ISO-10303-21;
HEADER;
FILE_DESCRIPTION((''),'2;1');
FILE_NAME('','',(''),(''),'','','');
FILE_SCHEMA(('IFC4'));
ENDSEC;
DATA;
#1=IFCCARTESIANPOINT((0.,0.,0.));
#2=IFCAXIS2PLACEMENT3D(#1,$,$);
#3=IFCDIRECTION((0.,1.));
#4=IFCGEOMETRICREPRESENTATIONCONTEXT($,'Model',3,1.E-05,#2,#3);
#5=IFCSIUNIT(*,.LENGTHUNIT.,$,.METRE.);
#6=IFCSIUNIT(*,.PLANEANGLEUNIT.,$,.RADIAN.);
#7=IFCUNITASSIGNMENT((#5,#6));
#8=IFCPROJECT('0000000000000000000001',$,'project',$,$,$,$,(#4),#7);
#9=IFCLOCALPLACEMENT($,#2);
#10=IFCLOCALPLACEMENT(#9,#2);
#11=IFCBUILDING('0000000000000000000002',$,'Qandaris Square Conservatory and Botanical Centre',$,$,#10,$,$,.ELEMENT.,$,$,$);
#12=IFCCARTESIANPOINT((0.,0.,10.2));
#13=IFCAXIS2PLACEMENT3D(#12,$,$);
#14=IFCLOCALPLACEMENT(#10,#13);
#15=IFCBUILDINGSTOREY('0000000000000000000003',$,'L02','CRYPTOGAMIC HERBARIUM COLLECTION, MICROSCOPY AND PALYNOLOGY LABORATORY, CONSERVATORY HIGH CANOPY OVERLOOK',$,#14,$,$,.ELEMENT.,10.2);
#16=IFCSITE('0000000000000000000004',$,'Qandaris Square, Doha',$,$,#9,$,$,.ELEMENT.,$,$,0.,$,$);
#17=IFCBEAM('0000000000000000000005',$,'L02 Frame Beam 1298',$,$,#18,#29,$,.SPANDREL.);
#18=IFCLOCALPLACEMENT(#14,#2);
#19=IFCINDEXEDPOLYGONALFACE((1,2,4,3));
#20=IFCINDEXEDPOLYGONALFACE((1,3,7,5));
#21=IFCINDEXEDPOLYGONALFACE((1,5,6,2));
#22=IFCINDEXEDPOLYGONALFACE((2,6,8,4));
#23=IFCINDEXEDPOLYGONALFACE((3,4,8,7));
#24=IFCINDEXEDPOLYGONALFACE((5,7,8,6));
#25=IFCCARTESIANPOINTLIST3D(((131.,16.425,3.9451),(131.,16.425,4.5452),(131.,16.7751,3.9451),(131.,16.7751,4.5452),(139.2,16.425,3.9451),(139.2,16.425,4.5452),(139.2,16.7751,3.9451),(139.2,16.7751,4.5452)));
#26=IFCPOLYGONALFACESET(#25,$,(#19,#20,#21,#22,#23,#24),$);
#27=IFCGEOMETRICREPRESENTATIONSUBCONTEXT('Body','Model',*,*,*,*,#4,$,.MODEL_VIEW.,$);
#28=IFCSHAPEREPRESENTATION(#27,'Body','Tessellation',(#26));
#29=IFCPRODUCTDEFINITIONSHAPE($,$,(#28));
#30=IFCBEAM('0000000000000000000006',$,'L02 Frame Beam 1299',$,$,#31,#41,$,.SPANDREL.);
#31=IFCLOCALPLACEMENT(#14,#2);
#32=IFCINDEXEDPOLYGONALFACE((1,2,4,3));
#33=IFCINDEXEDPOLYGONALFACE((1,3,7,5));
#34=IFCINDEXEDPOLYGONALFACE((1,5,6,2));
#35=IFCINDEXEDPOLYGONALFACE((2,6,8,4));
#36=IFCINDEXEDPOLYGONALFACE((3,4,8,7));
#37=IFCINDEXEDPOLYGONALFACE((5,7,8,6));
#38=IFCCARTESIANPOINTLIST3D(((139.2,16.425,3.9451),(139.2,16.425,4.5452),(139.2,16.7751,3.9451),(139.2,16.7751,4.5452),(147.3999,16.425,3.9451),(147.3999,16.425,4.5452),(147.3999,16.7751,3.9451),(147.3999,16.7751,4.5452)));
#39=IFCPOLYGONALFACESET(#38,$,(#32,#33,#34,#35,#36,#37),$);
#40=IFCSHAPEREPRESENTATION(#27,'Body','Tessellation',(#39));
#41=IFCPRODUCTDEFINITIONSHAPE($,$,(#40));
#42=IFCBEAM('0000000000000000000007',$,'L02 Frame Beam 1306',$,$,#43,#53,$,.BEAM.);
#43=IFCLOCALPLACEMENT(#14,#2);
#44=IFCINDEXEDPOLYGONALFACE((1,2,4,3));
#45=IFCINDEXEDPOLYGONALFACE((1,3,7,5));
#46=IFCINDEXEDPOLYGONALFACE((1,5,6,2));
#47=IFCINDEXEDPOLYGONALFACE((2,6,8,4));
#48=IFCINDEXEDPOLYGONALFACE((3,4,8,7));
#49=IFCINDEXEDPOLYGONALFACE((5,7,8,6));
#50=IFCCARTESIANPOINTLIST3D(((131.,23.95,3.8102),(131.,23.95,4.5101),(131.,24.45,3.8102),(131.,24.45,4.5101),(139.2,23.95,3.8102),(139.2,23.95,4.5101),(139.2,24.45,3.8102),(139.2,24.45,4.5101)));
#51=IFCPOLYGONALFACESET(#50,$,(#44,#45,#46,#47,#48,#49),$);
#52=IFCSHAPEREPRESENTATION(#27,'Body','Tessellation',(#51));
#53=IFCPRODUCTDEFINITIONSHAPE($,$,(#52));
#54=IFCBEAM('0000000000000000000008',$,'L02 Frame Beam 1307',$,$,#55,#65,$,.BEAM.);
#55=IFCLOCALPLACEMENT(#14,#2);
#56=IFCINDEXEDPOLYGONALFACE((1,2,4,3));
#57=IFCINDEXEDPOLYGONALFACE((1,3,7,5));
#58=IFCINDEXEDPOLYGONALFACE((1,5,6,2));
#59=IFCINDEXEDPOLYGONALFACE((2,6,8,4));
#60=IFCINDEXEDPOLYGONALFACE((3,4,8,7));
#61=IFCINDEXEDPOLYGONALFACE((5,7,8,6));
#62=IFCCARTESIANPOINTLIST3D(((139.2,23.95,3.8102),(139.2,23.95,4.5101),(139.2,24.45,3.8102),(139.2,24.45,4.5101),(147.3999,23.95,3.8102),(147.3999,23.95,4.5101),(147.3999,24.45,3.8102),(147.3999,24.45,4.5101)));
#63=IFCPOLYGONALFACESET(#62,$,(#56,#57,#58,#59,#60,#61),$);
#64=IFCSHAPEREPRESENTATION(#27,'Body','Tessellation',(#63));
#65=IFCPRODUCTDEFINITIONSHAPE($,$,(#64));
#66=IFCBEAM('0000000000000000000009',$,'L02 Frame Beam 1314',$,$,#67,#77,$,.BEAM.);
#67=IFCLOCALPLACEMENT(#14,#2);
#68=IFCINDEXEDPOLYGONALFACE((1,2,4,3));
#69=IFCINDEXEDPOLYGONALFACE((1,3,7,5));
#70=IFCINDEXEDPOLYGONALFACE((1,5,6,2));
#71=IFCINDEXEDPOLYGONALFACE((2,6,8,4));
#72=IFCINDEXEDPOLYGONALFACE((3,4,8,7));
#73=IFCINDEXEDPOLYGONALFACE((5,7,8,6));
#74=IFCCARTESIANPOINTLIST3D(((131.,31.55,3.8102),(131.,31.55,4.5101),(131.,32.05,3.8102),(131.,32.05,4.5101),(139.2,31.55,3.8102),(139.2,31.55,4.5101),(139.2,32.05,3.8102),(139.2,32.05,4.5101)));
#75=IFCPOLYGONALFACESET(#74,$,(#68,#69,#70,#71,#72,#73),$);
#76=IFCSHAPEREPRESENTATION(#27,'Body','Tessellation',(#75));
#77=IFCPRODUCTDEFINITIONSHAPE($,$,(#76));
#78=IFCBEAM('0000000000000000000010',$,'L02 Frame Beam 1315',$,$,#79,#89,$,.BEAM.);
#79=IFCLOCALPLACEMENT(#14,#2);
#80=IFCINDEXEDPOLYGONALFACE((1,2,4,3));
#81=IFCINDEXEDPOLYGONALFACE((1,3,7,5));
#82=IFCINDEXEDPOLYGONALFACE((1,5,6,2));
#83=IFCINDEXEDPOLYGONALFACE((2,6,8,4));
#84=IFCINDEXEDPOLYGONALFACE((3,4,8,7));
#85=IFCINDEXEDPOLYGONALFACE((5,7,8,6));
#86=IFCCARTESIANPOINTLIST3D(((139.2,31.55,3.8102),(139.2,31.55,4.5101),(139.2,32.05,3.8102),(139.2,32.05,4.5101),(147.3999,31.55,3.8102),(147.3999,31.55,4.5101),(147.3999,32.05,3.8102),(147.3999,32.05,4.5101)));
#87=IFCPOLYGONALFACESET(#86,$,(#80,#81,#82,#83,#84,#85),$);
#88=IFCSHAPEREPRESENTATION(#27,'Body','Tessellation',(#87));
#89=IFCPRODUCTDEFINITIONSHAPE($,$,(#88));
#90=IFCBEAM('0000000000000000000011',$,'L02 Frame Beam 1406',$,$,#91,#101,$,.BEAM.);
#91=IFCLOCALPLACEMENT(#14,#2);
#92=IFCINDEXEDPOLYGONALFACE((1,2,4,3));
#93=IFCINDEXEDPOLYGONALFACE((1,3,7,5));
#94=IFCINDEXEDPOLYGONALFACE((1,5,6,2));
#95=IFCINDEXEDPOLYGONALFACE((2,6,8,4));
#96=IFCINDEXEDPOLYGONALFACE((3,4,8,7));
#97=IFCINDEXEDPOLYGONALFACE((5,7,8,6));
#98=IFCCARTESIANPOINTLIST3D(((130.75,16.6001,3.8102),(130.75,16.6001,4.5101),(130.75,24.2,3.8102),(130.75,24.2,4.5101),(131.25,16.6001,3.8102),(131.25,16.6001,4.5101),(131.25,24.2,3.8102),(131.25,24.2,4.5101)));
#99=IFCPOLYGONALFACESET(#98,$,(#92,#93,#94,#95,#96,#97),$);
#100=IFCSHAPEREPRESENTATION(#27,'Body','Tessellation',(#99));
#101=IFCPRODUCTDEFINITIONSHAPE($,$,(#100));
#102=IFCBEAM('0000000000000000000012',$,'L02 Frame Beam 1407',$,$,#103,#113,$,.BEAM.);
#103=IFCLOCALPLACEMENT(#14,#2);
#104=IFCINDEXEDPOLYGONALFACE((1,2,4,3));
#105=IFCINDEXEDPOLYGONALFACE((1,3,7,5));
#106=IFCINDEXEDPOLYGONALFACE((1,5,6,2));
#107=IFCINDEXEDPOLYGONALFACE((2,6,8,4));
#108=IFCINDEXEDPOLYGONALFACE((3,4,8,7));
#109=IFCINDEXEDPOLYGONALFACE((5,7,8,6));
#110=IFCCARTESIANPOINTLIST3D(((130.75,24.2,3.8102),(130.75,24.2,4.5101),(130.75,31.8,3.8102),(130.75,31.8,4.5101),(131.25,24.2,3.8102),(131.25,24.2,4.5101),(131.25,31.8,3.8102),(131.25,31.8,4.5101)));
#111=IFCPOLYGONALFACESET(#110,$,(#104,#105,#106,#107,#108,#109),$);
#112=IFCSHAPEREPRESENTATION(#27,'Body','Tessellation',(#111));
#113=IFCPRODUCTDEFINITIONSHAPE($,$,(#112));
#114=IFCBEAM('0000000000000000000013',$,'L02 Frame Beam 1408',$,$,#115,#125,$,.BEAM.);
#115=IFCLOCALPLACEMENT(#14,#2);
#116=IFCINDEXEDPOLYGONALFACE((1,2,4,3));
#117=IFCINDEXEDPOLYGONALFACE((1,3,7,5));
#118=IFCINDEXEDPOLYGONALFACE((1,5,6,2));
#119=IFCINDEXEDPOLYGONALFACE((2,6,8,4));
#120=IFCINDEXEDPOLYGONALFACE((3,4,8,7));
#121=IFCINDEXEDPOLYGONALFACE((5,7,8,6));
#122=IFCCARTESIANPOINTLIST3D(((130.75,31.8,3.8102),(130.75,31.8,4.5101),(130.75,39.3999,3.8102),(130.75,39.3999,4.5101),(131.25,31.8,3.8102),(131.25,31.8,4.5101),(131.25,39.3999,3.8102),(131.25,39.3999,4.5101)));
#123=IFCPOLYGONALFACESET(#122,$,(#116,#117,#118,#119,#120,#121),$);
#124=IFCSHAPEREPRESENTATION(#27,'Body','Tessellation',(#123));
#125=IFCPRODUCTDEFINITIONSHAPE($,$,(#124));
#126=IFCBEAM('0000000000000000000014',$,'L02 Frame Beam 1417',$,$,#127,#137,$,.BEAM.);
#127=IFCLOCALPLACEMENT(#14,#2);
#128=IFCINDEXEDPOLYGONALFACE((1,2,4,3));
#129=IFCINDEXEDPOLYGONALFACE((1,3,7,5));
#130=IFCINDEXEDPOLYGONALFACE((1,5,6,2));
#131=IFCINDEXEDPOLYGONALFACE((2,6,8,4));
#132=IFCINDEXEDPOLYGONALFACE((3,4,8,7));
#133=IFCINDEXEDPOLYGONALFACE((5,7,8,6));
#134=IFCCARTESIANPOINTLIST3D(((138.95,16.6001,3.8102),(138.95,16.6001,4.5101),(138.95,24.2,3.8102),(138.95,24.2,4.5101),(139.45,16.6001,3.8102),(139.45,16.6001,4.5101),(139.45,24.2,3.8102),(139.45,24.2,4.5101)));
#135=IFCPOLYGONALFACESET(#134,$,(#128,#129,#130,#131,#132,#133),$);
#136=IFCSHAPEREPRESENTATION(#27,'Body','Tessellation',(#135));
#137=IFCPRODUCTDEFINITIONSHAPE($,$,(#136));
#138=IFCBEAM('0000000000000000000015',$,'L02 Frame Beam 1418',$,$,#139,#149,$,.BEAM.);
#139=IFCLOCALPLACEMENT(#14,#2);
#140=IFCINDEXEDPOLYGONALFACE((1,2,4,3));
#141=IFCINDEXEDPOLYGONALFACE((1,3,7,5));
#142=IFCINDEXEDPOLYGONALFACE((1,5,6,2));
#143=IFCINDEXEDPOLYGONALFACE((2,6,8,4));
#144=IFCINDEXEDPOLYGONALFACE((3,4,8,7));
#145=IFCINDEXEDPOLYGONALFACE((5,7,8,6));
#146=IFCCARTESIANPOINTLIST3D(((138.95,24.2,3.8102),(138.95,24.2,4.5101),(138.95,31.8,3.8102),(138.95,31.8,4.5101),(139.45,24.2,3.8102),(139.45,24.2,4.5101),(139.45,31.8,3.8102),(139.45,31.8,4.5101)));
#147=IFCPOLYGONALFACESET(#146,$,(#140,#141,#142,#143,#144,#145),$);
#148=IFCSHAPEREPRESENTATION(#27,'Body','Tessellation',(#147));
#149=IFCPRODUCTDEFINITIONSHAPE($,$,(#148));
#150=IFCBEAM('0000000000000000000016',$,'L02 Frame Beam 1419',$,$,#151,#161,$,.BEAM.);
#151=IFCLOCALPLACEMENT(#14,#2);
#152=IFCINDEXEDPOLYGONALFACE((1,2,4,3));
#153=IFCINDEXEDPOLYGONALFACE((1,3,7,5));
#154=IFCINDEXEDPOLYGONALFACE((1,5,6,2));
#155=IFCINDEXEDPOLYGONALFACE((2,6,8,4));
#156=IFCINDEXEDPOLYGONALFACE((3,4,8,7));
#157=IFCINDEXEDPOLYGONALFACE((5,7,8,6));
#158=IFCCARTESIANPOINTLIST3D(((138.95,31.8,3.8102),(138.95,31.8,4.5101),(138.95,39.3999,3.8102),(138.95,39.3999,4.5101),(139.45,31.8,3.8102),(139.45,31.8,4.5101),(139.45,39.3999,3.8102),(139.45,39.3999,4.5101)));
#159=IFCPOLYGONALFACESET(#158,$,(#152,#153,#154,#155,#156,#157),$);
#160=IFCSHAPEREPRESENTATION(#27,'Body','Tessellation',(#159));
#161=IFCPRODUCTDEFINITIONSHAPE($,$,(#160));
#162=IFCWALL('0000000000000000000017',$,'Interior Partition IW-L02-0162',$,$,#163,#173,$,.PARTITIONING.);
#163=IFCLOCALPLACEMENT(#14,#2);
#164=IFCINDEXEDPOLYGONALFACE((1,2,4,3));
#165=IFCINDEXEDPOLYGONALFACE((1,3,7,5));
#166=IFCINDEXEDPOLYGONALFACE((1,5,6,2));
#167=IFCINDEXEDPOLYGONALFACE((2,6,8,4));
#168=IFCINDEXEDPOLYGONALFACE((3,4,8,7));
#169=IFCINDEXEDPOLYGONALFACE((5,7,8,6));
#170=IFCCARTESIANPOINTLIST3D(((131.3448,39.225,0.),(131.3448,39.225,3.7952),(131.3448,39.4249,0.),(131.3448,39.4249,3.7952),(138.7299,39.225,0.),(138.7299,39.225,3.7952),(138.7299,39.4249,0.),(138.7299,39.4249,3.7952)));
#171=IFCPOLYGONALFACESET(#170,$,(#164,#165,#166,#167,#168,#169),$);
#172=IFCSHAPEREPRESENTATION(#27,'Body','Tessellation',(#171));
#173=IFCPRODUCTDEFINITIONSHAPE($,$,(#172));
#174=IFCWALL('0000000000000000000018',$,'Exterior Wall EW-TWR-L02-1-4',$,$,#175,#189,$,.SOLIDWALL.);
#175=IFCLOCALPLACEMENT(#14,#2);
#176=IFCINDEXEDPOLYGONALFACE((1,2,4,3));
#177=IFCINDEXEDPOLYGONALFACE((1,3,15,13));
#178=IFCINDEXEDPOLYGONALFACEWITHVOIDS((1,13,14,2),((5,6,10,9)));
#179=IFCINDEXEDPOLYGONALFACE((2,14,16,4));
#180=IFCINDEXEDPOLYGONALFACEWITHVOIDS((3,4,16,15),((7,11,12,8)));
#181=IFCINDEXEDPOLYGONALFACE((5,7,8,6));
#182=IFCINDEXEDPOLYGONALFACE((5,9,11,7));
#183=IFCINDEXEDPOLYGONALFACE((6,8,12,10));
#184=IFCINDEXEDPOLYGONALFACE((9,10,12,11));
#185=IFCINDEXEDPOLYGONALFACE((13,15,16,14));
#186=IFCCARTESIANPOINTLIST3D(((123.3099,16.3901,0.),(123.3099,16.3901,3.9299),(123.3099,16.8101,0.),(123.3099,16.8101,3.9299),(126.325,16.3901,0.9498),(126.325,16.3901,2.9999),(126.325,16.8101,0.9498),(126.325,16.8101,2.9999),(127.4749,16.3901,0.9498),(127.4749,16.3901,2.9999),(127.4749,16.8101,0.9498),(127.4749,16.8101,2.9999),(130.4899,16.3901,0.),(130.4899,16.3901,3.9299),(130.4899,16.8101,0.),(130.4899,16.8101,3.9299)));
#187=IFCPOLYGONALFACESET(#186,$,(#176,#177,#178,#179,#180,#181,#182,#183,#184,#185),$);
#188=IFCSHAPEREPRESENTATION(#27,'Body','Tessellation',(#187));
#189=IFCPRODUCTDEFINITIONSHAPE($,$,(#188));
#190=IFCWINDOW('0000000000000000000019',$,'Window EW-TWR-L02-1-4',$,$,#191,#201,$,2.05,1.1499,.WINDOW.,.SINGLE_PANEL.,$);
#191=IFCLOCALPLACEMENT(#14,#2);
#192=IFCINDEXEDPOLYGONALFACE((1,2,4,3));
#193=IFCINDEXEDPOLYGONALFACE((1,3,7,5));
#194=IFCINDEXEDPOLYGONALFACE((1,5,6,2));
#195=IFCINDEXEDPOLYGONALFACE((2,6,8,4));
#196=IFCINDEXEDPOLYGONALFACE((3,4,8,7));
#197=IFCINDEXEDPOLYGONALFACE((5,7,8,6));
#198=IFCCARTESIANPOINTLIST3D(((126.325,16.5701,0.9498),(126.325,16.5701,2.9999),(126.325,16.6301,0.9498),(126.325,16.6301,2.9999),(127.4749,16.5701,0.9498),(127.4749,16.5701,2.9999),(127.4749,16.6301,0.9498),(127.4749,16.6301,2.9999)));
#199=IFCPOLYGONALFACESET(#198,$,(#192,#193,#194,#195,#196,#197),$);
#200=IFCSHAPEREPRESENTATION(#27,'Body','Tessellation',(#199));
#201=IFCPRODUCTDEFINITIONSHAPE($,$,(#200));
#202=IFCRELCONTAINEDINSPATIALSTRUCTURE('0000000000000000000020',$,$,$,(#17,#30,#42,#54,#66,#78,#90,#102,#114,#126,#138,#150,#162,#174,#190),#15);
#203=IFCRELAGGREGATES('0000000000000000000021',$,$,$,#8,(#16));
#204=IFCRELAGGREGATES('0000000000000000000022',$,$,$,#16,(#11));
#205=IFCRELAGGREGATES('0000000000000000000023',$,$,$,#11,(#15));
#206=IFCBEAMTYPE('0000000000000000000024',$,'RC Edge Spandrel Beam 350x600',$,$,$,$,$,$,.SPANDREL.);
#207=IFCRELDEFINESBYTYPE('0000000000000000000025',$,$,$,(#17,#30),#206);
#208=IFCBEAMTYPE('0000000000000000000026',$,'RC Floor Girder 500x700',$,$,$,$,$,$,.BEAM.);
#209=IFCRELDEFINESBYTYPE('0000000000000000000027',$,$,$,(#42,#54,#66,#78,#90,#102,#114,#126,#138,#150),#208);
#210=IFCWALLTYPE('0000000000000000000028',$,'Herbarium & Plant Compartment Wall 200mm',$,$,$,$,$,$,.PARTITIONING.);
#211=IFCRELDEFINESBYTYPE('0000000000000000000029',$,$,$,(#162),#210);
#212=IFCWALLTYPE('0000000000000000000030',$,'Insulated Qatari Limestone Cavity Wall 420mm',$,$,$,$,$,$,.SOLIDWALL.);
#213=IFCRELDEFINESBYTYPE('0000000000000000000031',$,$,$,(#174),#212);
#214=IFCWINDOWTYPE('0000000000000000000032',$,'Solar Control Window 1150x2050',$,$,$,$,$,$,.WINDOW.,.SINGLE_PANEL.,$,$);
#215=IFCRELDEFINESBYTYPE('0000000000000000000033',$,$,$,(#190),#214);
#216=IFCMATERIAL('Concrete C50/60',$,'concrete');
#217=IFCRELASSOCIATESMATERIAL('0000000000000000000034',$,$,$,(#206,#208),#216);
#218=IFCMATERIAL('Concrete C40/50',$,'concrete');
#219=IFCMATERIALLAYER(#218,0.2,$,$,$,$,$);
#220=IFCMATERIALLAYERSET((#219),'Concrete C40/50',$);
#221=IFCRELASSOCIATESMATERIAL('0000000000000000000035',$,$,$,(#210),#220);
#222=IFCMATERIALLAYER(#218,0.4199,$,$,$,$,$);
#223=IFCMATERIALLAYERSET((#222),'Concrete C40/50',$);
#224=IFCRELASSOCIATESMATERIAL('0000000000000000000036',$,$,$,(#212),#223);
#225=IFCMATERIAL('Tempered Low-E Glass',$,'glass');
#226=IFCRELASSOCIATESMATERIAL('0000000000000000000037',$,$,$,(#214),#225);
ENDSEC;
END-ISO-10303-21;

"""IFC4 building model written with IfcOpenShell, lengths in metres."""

from ifc_helpers import new_model, si_unit, direction, frame, frame_2d, origin, origin_2d, place, context, subcontext, project, spatial, rectangle, extrude, material, layer, layer_set, material_profile, profile_set, type_object, element, fill, save


model = new_model("IFC4")

# Units and contexts
model_context = context("Model", 3, precision=1e-05, world=origin(), true_north=direction((0.0, 1.0)))
body_context = subcontext(model_context, "Body", "Model", "MODEL_VIEW")
ifc_project = project(units=[si_unit("LENGTHUNIT", "METRE"), si_unit("PLANEANGLEUNIT", "RADIAN")], contexts=[model_context])

# Site, building, storey
site_placement = place(None, origin())
site = spatial("IfcSite", under=ifc_project, at=site_placement, Name="Qandaris Square, Doha", CompositionType="ELEMENT", RefElevation=0.0)
building_placement = place(site_placement, origin())
building = spatial("IfcBuilding", under=site, at=building_placement, Name="Qandaris Square Conservatory and Botanical Centre", CompositionType="ELEMENT")
storey_placement = place(building_placement, frame((0.0, 0.0, 10.2)))
storey = spatial("IfcBuildingStorey", under=building, at=storey_placement, Name="L02", Description="CRYPTOGAMIC HERBARIUM COLLECTION, MICROSCOPY AND PALYNOLOGY LABORATORY, CONSERVATORY HIGH CANOPY OVERLOOK", CompositionType="ELEMENT", Elevation=10.2)

# Shared definitions
ifc_material_1 = material(Name="Concrete C50/60", Category="concrete")

# Beams
ifc_material_profile_1 = material_profile(ifc_material_1, rectangle(XDim=0.3501, YDim=0.6001, at=origin_2d()), Name="RC-SP 350x600")
ifc_profile_set_1 = profile_set([ifc_material_profile_1], Name="Concrete C50/60")
beam_type_1 = type_object("IfcBeamType", Name="RC Edge Spandrel Beam 350x600", PredefinedType="SPANDREL", material=ifc_profile_set_1)
for number, where, z_axis, x_axis, name in (
    (1, (131.0, 16.6001, 4.2451), (1.0, 0.0, 0.0), (0.0, 1.0, 0.0), "L02 Frame Beam 1298"),
    (2, (139.2, 16.6001, 4.2451), (1.0, 0.0, 0.0), (0.0, 1.0, 0.0), "L02 Frame Beam 1299"),
):
    element("IfcBeam", number, at=place(storey_placement, frame(where, z_axis=z_axis, x_axis=x_axis)), inside=storey, type_object=beam_type_1, Name=name, PredefinedType="SPANDREL", context=body_context, shape_type="SweptSolid", body=[
        extrude(rectangle(XDim=0.3501, YDim=0.6001, at=origin_2d()), origin(), (0.0, 0.0, 1.0), 8.2),
    ])
ifc_material_profile_2 = material_profile(ifc_material_1, rectangle(XDim=0.5, YDim=0.7, at=origin_2d()), Name="RC-BM 500x700")
ifc_profile_set_2 = profile_set([ifc_material_profile_2], Name="Concrete C50/60")
beam_type_2 = type_object("IfcBeamType", Name="RC Floor Girder 500x700", PredefinedType="BEAM", material=ifc_profile_set_2)
for number, where, z_axis, x_axis, name in (
    (3, (131.0, 24.2, 4.1602), (1.0, 0.0, 0.0), (0.0, 1.0, 0.0), "L02 Frame Beam 1306"),
    (4, (139.2, 24.2, 4.1602), (1.0, 0.0, 0.0), (0.0, 1.0, 0.0), "L02 Frame Beam 1307"),
    (5, (131.0, 31.8, 4.1602), (1.0, 0.0, 0.0), (0.0, 1.0, 0.0), "L02 Frame Beam 1314"),
    (6, (139.2, 31.8, 4.1602), (1.0, 0.0, 0.0), (0.0, 1.0, 0.0), "L02 Frame Beam 1315"),
):
    element("IfcBeam", number, at=place(storey_placement, frame(where, z_axis=z_axis, x_axis=x_axis)), inside=storey, type_object=beam_type_2, Name=name, PredefinedType="BEAM", context=body_context, shape_type="SweptSolid", body=[
        extrude(rectangle(XDim=0.5, YDim=0.7, at=origin_2d()), origin(), (0.0, 0.0, 1.0), 8.2),
    ])
beam_1_placement = place(storey_placement, frame((131.0, 16.6001, 4.1602), z_axis=(0.0, 1.0, 0.0), x_axis=(-1.0, 0.0, 0.0)))
element("IfcBeam", 7, at=beam_1_placement, inside=storey, type_object=beam_type_2, Name="L02 Frame Beam 1406", PredefinedType="BEAM", context=body_context, shape_type="SweptSolid", body=[
    extrude(rectangle(XDim=0.5, YDim=0.7, at=origin_2d()), origin(), (0.0, 0.0, 1.0), 7.5999),
])
beam_2_placement = place(storey_placement, frame((131.0, 24.2, 4.1602), z_axis=(0.0, 1.0, 0.0), x_axis=(-1.0, 0.0, 0.0)))
element("IfcBeam", 8, at=beam_2_placement, inside=storey, type_object=beam_type_2, Name="L02 Frame Beam 1407", PredefinedType="BEAM", context=body_context, shape_type="SweptSolid", body=[
    extrude(rectangle(XDim=0.5, YDim=0.7, at=origin_2d()), origin(), (0.0, 0.0, 1.0), 7.6001),
])
for number, where, z_axis, x_axis, name in (
    (9, (131.0, 31.8, 4.1602), (0.0, 1.0, 0.0), (-1.0, 0.0, 0.0), "L02 Frame Beam 1408"),
    (10, (139.2, 16.6001, 4.1602), (0.0, 1.0, 0.0), (-1.0, 0.0, 0.0), "L02 Frame Beam 1417"),
):
    element("IfcBeam", number, at=place(storey_placement, frame(where, z_axis=z_axis, x_axis=x_axis)), inside=storey, type_object=beam_type_2, Name=name, PredefinedType="BEAM", context=body_context, shape_type="SweptSolid", body=[
        extrude(rectangle(XDim=0.5, YDim=0.7, at=origin_2d()), origin(), (0.0, 0.0, 1.0), 7.5999),
    ])
beam_3_placement = place(storey_placement, frame((139.2, 24.2, 4.1602), z_axis=(0.0, 1.0, 0.0), x_axis=(-1.0, 0.0, 0.0)))
element("IfcBeam", 11, at=beam_3_placement, inside=storey, type_object=beam_type_2, Name="L02 Frame Beam 1418", PredefinedType="BEAM", context=body_context, shape_type="SweptSolid", body=[
    extrude(rectangle(XDim=0.5, YDim=0.7, at=origin_2d()), origin(), (0.0, 0.0, 1.0), 7.6001),
])
beam_4_placement = place(storey_placement, frame((139.2, 31.8, 4.1602), z_axis=(0.0, 1.0, 0.0), x_axis=(-1.0, 0.0, 0.0)))
element("IfcBeam", 12, at=beam_4_placement, inside=storey, type_object=beam_type_2, Name="L02 Frame Beam 1419", PredefinedType="BEAM", context=body_context, shape_type="SweptSolid", body=[
    extrude(rectangle(XDim=0.5, YDim=0.7, at=origin_2d()), origin(), (0.0, 0.0, 1.0), 7.5999),
])

# Wall
ifc_material_2 = material(Name="Concrete C40/50", Category="concrete")
ifc_layer_1 = layer(ifc_material_2, 0.2)
ifc_layer_set_1 = layer_set([ifc_layer_1], Name="Concrete C40/50")
wall_type_1 = type_object("IfcWallType", Name="Herbarium & Plant Compartment Wall 200mm", PredefinedType="PARTITIONING", material=ifc_layer_set_1)
wall_1_placement = place(storey_placement, frame((131.345, 39.325, 0.0), z_axis=(0.0, 0.0, 1.0), x_axis=(1.0, 0.0, 0.0)))
element("IfcWall", 13, at=wall_1_placement, inside=storey, type_object=wall_type_1, Name="Interior Partition IW-L02-0162", PredefinedType="PARTITIONING", context=body_context, shape_type="SweptSolid", body=[
    extrude(rectangle(XDim=7.385, YDim=0.2, at=frame_2d((3.6924, 0.0))), origin(), (0.0, 0.0, 1.0), 3.7952),
])

# Wall, opening, window
ifc_layer_2 = layer(ifc_material_2, 0.4199)
ifc_layer_set_2 = layer_set([ifc_layer_2], Name="Concrete C40/50")
wall_type_2 = type_object("IfcWallType", Name="Insulated Qatari Limestone Cavity Wall 420mm", PredefinedType="SOLIDWALL", material=ifc_layer_set_2)
wall_2_placement = place(storey_placement, frame((123.3101, 16.6001, 0.0), z_axis=(0.0, 0.0, 1.0), x_axis=(1.0, 0.0, 0.0)))
wall_2 = element("IfcWall", 14, at=wall_2_placement, inside=storey, type_object=wall_type_2, Name="Exterior Wall EW-TWR-L02-1-4", PredefinedType="SOLIDWALL", context=body_context, shape_type="SweptSolid", body=[
    extrude(rectangle(XDim=7.1799, YDim=0.4199, at=frame_2d((3.5898, 0.0))), origin(), (0.0, 0.0, 1.0), 3.9299),
])
opening_1_placement = place(wall_2_placement, frame((3.0149, 0.0, 0.95)))
opening_1 = element("IfcOpeningElement", 15, at=opening_1_placement, cuts=wall_2, PredefinedType="OPENING", context=body_context, shape_type="SweptSolid", body=[
    extrude(rectangle(XDim=1.1499, YDim=2.05, at=frame_2d((0.575, 1.0249))), frame((0.0, 0.2219, 0.0), z_axis=(0.0, -1.0, 0.0), x_axis=(1.0, 0.0, 0.0)), (0.0, 0.0, 1.0), 0.4438),
])
ifc_material_3 = material(Name="Tempered Low-E Glass", Category="glass")
window_type_1 = type_object("IfcWindowType", Name="Solar Control Window 1150x2050", PartitioningType="SINGLE_PANEL", PredefinedType="WINDOW", material=ifc_material_3)
window_1_placement = place(opening_1_placement, origin())
window_1 = element("IfcWindow", 16, at=window_1_placement, inside=storey, type_object=window_type_1, Name="Window EW-TWR-L02-1-4", OverallHeight=2.05, OverallWidth=1.1499, PartitioningType="SINGLE_PANEL", PredefinedType="WINDOW", context=body_context, shape_type="SweptSolid", body=[
    extrude(rectangle(XDim=1.1499, YDim=2.05, at=frame_2d((0.575, 1.0249))), frame((0.0, 0.03, 0.0), z_axis=(0.0, -1.0, 0.0), x_axis=(1.0, 0.0, 0.0)), (0.0, 0.0, 1.0), 0.0601),
])
fill(opening_1, window_1)

save(model, "model.ifc")
